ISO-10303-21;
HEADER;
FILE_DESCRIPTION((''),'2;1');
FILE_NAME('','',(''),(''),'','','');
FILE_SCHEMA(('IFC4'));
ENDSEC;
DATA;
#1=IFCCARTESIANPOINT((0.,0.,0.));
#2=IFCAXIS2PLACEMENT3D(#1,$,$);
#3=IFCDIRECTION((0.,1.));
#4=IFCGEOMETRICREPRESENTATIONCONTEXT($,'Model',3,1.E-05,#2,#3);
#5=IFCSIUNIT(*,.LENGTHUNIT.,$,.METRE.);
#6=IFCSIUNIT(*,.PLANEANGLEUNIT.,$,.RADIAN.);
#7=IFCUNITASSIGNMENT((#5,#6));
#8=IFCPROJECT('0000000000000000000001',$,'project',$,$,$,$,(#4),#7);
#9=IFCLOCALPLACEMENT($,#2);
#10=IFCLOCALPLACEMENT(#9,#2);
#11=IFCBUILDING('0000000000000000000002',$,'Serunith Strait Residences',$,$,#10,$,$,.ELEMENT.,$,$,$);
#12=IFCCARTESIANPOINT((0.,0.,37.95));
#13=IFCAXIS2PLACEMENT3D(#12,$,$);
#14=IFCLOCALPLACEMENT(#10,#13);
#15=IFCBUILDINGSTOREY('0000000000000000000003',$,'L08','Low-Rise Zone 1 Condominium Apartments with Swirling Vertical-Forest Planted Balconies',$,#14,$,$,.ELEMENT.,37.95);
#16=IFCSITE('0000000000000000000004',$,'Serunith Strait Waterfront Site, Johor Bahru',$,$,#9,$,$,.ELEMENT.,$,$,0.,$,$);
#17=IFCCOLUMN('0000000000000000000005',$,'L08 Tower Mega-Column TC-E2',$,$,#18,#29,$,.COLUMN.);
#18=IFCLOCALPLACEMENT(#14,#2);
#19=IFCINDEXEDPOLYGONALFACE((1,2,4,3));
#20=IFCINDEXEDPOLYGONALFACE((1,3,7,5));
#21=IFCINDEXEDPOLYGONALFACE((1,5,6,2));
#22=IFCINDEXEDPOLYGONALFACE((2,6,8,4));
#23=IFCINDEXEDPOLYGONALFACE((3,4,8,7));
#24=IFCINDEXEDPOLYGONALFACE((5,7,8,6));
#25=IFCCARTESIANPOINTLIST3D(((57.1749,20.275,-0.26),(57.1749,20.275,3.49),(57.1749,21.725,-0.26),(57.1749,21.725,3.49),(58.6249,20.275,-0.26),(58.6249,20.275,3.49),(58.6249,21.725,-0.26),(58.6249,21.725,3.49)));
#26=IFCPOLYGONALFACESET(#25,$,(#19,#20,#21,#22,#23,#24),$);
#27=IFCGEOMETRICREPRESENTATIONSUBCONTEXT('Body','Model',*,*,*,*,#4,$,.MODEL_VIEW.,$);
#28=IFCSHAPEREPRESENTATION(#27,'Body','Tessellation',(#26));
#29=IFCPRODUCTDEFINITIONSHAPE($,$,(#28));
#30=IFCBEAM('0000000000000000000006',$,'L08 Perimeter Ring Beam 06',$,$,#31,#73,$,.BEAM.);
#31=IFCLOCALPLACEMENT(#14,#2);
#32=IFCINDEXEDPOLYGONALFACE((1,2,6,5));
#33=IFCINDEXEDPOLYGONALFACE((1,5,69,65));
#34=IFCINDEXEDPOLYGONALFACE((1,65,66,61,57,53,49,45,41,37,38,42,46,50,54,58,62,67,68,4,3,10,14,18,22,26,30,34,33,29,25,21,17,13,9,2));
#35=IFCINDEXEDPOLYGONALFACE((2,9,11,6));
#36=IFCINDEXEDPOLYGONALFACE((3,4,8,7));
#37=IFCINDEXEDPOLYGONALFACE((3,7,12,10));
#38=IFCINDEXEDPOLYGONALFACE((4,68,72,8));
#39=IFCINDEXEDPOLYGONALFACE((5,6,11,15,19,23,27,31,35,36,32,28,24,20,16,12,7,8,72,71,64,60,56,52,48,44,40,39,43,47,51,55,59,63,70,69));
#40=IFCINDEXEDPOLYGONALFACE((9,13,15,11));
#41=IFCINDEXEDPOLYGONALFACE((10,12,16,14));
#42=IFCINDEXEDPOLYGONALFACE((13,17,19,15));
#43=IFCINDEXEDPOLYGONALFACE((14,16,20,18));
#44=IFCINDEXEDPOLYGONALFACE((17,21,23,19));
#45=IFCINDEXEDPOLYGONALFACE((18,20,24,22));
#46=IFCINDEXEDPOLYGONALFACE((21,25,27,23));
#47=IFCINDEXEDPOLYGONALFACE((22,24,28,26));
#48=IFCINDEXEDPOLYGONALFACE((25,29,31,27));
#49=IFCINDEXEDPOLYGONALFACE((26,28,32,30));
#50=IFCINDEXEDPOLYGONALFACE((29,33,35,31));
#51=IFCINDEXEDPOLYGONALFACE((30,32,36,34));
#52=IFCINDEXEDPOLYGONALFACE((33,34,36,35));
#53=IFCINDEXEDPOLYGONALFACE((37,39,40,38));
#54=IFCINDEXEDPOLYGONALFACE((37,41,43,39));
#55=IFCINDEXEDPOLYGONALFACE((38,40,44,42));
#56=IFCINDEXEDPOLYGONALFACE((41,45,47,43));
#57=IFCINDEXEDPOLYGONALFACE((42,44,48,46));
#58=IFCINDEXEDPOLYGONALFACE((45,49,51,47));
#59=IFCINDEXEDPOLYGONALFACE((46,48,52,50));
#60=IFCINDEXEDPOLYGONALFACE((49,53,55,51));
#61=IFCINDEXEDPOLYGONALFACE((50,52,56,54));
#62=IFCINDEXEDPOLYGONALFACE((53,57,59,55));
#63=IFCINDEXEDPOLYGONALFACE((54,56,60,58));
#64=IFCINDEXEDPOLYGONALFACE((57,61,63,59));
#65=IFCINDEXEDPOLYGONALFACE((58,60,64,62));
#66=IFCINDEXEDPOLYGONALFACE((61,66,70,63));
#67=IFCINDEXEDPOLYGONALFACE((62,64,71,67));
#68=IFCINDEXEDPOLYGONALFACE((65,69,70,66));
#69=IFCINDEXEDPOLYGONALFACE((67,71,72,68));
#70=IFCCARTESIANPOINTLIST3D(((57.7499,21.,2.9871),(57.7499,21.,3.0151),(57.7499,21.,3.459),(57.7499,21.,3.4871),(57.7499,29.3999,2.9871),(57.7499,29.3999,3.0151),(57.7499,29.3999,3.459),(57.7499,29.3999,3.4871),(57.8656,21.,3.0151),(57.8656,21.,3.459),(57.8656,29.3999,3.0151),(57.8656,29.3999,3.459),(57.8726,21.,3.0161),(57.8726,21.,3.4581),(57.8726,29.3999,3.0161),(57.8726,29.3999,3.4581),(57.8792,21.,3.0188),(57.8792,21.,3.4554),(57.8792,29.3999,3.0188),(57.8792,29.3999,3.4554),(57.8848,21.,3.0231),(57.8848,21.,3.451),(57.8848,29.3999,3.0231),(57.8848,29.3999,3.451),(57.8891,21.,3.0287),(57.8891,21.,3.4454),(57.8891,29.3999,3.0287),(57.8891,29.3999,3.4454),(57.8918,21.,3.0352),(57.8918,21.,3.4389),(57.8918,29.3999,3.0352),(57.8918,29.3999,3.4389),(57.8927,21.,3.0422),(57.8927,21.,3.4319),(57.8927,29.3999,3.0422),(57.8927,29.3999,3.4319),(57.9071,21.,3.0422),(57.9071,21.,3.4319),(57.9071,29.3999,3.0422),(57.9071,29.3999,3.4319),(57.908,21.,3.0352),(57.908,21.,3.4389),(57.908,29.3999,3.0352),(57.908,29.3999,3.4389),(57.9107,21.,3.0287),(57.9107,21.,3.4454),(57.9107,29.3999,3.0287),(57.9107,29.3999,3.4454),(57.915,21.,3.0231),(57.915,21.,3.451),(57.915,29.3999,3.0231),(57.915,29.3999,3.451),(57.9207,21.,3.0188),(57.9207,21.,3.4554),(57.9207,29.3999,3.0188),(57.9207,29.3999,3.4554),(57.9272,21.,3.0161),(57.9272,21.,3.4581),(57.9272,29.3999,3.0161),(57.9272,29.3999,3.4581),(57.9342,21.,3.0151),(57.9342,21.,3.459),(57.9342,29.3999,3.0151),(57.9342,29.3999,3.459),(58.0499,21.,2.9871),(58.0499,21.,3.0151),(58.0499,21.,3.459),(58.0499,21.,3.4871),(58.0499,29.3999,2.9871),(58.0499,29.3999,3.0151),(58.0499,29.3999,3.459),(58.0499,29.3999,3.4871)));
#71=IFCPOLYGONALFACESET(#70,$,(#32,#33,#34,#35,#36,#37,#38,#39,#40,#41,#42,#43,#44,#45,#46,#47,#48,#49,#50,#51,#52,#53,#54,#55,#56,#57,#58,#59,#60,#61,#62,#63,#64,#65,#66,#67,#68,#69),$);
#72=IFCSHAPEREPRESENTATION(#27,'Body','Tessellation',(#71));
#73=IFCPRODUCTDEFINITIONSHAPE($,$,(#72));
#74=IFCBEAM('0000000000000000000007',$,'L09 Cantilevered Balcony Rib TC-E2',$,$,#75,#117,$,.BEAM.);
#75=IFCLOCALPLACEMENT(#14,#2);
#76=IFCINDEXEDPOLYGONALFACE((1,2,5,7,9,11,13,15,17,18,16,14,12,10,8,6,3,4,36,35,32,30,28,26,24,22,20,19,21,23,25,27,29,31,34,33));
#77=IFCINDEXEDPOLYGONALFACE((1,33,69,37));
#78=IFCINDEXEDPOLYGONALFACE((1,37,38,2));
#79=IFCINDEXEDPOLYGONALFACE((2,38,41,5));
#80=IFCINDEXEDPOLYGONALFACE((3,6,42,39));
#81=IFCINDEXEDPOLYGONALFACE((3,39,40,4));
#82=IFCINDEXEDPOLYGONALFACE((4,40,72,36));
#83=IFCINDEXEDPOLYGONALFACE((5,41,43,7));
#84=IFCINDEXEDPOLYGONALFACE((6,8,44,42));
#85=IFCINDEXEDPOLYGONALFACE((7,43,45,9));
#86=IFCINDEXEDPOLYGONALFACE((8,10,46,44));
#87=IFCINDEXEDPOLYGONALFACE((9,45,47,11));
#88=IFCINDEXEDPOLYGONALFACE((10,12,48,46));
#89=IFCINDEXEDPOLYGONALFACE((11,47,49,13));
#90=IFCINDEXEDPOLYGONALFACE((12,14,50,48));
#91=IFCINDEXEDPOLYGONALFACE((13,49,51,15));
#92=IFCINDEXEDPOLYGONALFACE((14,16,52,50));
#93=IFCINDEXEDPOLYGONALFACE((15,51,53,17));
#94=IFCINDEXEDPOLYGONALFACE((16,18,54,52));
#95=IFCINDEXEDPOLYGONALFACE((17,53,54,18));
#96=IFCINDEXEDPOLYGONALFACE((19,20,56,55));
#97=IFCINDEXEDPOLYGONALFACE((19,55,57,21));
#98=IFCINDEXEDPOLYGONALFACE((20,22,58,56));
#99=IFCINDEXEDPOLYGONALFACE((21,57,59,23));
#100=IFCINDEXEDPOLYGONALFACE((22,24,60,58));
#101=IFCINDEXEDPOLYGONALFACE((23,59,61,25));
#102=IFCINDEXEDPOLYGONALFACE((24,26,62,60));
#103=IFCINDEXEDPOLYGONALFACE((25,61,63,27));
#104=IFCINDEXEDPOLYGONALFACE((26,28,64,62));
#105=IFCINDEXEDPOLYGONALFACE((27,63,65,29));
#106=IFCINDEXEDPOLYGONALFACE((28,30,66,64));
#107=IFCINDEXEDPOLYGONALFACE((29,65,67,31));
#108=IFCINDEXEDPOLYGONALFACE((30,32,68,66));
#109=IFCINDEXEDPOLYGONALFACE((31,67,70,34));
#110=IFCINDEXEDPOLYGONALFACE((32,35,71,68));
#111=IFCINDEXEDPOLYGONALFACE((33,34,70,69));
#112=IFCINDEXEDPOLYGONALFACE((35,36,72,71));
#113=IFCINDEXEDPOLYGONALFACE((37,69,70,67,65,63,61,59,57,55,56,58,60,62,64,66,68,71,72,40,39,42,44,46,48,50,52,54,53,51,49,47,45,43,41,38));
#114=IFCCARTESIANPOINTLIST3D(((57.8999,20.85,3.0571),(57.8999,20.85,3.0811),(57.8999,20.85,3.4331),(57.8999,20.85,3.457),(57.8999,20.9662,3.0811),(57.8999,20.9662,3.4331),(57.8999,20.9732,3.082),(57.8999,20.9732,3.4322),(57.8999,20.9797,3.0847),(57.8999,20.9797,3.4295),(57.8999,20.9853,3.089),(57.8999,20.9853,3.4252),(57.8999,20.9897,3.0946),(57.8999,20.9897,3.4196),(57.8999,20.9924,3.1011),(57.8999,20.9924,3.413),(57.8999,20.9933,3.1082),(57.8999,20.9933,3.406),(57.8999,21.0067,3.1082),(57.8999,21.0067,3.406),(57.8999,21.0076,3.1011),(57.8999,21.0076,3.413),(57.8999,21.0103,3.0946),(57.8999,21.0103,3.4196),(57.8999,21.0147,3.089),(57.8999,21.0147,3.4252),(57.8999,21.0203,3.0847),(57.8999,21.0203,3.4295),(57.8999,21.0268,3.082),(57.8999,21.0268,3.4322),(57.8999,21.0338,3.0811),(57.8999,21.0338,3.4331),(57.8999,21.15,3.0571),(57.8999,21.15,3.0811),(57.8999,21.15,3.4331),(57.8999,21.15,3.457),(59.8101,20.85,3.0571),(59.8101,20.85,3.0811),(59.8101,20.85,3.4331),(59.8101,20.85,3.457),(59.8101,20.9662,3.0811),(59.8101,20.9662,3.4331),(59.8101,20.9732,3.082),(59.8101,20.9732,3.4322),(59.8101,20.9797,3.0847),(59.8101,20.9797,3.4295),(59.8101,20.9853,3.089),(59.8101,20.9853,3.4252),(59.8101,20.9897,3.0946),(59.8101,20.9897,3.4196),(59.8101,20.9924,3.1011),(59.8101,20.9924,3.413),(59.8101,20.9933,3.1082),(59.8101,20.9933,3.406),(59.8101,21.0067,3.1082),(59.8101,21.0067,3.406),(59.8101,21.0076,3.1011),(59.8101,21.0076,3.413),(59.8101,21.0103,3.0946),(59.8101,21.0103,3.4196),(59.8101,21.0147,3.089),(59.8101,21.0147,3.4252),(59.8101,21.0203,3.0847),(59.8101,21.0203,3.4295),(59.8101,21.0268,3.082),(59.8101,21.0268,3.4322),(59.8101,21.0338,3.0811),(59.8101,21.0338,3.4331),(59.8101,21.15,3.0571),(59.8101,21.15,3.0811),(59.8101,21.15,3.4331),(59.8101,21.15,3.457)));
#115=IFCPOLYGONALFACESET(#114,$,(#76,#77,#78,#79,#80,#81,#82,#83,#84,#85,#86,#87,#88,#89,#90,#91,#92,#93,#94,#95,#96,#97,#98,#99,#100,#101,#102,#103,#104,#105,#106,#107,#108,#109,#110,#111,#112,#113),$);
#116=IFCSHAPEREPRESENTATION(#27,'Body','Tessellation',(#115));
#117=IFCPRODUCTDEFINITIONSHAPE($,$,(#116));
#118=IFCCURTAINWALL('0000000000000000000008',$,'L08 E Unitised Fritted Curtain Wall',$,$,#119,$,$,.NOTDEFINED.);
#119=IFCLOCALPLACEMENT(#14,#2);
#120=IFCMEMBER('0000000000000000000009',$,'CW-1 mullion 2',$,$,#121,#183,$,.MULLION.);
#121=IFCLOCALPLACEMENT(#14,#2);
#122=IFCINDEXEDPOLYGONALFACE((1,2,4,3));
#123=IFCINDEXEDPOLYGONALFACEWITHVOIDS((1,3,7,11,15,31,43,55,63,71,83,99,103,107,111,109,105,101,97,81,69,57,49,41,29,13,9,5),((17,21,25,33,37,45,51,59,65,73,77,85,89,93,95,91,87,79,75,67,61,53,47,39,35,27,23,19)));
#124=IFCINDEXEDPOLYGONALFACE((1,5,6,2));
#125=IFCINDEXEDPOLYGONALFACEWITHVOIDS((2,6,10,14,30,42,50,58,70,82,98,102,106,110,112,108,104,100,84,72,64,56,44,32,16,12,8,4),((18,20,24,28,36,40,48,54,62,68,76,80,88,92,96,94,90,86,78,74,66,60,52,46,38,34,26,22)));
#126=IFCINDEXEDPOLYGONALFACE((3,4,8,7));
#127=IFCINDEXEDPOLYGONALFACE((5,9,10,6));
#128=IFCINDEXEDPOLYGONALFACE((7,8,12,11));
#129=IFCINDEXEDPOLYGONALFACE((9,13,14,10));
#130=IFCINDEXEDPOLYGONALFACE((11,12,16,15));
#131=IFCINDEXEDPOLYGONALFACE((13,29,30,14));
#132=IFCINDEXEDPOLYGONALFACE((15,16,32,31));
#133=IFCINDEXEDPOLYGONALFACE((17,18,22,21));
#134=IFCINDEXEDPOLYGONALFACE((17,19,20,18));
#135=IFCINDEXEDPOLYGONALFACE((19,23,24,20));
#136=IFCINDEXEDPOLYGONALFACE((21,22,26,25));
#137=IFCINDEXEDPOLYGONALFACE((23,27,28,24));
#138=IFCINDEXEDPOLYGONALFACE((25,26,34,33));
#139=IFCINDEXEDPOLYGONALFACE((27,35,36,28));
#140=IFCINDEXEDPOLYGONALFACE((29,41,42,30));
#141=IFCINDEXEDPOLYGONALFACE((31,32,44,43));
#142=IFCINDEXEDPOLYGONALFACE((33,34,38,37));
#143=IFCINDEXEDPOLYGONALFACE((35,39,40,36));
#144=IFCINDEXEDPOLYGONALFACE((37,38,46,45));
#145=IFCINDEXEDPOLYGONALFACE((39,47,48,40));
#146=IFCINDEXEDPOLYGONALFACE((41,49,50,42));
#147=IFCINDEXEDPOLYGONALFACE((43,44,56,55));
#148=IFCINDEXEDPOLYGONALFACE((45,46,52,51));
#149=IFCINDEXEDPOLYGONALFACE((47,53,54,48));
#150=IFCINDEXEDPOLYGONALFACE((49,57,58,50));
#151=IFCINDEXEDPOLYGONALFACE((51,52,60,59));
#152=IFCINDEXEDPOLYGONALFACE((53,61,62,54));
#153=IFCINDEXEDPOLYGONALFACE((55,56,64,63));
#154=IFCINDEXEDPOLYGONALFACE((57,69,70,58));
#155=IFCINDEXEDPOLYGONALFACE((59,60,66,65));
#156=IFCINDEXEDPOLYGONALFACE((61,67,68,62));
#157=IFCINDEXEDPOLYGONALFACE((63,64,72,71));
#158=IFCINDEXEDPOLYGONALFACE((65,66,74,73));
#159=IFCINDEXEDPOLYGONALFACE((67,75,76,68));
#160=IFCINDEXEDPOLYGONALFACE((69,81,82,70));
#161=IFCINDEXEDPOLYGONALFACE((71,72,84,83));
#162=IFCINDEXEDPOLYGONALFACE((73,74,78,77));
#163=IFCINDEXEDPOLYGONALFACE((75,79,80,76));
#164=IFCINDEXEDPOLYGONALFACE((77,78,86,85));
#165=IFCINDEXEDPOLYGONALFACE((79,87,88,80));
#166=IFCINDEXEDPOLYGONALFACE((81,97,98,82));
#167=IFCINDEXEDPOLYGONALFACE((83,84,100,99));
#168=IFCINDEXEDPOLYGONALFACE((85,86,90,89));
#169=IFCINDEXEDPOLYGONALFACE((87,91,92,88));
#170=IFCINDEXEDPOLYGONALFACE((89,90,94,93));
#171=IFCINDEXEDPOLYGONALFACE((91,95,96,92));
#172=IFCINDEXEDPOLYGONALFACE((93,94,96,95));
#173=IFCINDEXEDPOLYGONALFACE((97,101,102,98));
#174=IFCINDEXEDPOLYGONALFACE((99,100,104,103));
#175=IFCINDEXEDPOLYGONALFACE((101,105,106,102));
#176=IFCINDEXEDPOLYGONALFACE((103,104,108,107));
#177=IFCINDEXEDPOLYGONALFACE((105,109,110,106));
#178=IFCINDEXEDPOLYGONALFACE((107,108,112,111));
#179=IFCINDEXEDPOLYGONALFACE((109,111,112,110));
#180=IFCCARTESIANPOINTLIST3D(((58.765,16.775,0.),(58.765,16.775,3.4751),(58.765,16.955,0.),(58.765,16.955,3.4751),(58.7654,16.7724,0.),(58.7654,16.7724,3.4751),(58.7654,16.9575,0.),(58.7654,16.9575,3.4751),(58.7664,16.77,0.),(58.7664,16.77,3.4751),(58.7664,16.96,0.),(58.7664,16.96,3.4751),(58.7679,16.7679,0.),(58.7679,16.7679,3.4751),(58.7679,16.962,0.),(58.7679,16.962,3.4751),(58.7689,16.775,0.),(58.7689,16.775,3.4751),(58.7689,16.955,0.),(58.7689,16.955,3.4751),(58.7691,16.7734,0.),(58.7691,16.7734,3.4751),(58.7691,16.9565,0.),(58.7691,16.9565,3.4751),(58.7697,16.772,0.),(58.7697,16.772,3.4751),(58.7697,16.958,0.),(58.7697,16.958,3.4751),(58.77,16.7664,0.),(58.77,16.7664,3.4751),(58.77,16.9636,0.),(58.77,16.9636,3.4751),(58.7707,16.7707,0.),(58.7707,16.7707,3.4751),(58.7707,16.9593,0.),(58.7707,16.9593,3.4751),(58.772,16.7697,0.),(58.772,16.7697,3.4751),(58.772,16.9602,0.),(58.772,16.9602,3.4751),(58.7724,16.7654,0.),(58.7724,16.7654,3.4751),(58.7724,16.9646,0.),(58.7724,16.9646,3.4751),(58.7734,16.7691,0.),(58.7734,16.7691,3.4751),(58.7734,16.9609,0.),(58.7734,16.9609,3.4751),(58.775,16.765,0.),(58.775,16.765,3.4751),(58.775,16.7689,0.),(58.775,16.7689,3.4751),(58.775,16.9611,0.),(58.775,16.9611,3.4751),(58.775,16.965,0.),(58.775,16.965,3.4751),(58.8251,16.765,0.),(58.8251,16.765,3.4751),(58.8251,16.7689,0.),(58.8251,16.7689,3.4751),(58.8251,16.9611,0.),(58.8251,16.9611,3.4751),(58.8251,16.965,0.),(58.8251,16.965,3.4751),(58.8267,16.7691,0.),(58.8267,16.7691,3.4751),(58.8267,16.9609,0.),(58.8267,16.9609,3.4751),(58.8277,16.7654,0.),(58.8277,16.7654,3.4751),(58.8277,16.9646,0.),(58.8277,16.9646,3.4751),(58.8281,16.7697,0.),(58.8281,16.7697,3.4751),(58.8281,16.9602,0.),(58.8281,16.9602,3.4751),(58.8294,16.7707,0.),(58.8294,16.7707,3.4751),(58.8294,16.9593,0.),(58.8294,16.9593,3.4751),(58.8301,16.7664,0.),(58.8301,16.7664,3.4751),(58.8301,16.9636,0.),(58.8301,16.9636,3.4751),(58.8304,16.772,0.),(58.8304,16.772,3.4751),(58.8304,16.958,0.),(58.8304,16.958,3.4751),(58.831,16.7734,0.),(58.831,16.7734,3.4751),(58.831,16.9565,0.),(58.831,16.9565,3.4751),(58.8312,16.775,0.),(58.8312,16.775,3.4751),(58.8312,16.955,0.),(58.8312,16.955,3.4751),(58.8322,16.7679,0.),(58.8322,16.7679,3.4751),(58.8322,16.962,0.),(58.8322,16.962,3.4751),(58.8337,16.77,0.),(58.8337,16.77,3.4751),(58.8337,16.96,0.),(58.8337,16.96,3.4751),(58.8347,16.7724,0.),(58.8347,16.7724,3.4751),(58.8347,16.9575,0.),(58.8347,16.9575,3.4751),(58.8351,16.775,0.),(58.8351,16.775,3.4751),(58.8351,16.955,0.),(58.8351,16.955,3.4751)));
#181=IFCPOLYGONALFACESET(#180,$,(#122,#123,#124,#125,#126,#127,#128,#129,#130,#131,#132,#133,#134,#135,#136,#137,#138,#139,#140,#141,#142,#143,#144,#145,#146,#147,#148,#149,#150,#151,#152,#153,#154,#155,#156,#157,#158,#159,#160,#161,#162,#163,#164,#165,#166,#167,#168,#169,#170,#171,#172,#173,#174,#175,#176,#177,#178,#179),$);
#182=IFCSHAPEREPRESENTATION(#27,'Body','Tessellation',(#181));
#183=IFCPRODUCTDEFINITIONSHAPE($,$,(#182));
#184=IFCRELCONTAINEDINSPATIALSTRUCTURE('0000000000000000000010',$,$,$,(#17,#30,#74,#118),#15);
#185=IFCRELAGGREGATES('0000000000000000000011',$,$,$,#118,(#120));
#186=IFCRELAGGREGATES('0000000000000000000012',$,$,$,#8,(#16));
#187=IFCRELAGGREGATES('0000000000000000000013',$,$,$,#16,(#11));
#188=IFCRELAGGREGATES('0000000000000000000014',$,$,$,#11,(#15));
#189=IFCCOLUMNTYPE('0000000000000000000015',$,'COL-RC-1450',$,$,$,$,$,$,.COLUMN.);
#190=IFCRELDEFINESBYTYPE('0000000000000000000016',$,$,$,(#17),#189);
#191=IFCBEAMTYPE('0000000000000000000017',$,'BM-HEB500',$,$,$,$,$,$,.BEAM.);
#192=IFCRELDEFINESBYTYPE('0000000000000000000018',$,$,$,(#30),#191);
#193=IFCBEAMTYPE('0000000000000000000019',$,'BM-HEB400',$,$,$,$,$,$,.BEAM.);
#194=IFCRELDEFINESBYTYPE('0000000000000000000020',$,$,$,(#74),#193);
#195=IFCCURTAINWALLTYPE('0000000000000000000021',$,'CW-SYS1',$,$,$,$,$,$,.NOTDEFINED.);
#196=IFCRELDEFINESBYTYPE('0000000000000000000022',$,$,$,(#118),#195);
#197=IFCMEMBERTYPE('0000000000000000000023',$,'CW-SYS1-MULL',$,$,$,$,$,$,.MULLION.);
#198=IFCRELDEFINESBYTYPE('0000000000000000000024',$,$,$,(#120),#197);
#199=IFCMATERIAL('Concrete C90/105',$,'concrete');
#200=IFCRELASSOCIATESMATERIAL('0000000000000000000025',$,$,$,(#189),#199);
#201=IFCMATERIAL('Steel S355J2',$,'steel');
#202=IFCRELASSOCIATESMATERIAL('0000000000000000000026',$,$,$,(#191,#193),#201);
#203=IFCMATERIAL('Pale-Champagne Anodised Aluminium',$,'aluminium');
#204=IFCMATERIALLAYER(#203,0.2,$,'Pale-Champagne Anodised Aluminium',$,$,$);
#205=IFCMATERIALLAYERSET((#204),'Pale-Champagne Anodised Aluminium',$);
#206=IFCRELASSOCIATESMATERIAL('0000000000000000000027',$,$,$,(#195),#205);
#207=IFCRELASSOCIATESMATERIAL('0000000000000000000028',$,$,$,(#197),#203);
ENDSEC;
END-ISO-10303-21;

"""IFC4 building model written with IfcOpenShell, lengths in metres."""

from ifc_helpers import new_model, si_unit, direction, frame, origin, origin_2d, place, context, subcontext, project, spatial, rectangle, hollow_rectangle, i_section, extrude, source, transform, mapped, material, layer, layer_set, material_profile, profile_set, type_object, element, aggregate, save


model = new_model("IFC4")

# Units and contexts
model_context = context("Model", 3, precision=1e-05, world=origin(), true_north=direction((0.0, 1.0)))
body_context = subcontext(model_context, "Body", "Model", "MODEL_VIEW")
ifc_project = project(units=[si_unit("LENGTHUNIT", "METRE"), si_unit("PLANEANGLEUNIT", "RADIAN")], contexts=[model_context])

# Site, building, storey
site_placement = place(None, origin())
site = spatial("IfcSite", under=ifc_project, at=site_placement, Name="Serunith Strait Waterfront Site, Johor Bahru", CompositionType="ELEMENT", RefElevation=0.0)
building_placement = place(site_placement, origin())
building = spatial("IfcBuilding", under=site, at=building_placement, Name="Serunith Strait Residences", CompositionType="ELEMENT")
storey_placement = place(building_placement, frame((0.0, 0.0, 37.95)))
storey = spatial("IfcBuildingStorey", under=building, at=storey_placement, Name="L08", Description="Low-Rise Zone 1 Condominium Apartments with Swirling Vertical-Forest Planted Balconies", CompositionType="ELEMENT", Elevation=37.95)

# Column
ifc_material_1 = material(Name="Concrete C90/105", Category="concrete")
ifc_material_profile_1 = material_profile(ifc_material_1, rectangle(XDim=1.45, YDim=1.45, at=origin_2d()), Name="RC 1450x1450")
ifc_profile_set_1 = profile_set([ifc_material_profile_1], Name="Concrete C90/105")
column_type = type_object("IfcColumnType", Name="COL-RC-1450", PredefinedType="COLUMN", material=ifc_profile_set_1)
shared_shape_1 = source(origin(), body_context, "Body", "SweptSolid", [
    extrude(rectangle(XDim=1.45, YDim=1.45, at=origin_2d()), origin(), (0.0, 0.0, 1.0), 3.75),
])
column_placement = place(storey_placement, frame((57.8999, 21.0, -0.26), z_axis=(0.0, 0.0, 1.0), x_axis=(1.0, 0.0, 0.0)))
element("IfcColumn", 1, at=column_placement, inside=storey, type_object=column_type, Name="L08 Tower Mega-Column TC-E2", PredefinedType="COLUMN", context=body_context, shape_type="MappedRepresentation", body=[
    mapped(shared_shape_1, transform((0.0, 0.0, 0.0), scale=1.0)),
])

# Beams
ifc_material_2 = material(Name="Steel S355J2", Category="steel")
ifc_material_profile_2 = material_profile(ifc_material_2, i_section(OverallWidth=0.3, OverallDepth=0.5, WebThickness=0.0144, FlangeThickness=0.0281, FilletRadius=0.0271, at=origin_2d()), Name="HEB 500")
ifc_profile_set_2 = profile_set([ifc_material_profile_2], Name="Steel S355J2")
beam_type_1 = type_object("IfcBeamType", Name="BM-HEB500", PredefinedType="BEAM", material=ifc_profile_set_2)
shared_shape_2 = source(origin(), body_context, "Body", "SweptSolid", [
    extrude(i_section(OverallWidth=0.3, OverallDepth=0.5, WebThickness=0.0144, FlangeThickness=0.0281, FilletRadius=0.0271, at=origin_2d()), origin(), (0.0, 0.0, 1.0), 8.3999),
])
beam_1_placement = place(storey_placement, frame((57.8999, 21.0, 3.2371), z_axis=(0.0, 1.0, 0.0), x_axis=(-1.0, 0.0, 0.0)))
element("IfcBeam", 2, at=beam_1_placement, inside=storey, type_object=beam_type_1, Name="L08 Perimeter Ring Beam 06", PredefinedType="BEAM", context=body_context, shape_type="MappedRepresentation", body=[
    mapped(shared_shape_2, transform((0.0, 0.0, 0.0), scale=1.0)),
])
ifc_material_profile_3 = material_profile(ifc_material_2, i_section(OverallWidth=0.3, OverallDepth=0.3999, WebThickness=0.0134, FlangeThickness=0.0239, FilletRadius=0.0271, at=origin_2d()), Name="HEB 400")
ifc_profile_set_3 = profile_set([ifc_material_profile_3], Name="Steel S355J2")
beam_type_2 = type_object("IfcBeamType", Name="BM-HEB400", PredefinedType="BEAM", material=ifc_profile_set_3)
shared_shape_3 = source(origin(), body_context, "Body", "SweptSolid", [
    extrude(i_section(OverallWidth=0.3, OverallDepth=0.3999, WebThickness=0.0134, FlangeThickness=0.0239, FilletRadius=0.0271, at=origin_2d()), origin(), (0.0, 0.0, 1.0), 1.9102),
])
beam_2_placement = place(storey_placement, frame((57.8999, 21.0, 3.2571), z_axis=(1.0, 0.0, 0.0), x_axis=(0.0, 1.0, 0.0)))
element("IfcBeam", 3, at=beam_2_placement, inside=storey, type_object=beam_type_2, Name="L09 Cantilevered Balcony Rib TC-E2", PredefinedType="BEAM", context=body_context, shape_type="MappedRepresentation", body=[
    mapped(shared_shape_3, transform((0.0, 0.0, 0.0), scale=1.0)),
])

# Curtain wall, member
ifc_material_3 = material(Name="Pale-Champagne Anodised Aluminium", Category="aluminium")
ifc_layer_1 = layer(ifc_material_3, 0.2, Name="Pale-Champagne Anodised Aluminium")
ifc_layer_set_1 = layer_set([ifc_layer_1], Name="Pale-Champagne Anodised Aluminium")
curtain_wall_type = type_object("IfcCurtainWallType", Name="CW-SYS1", PredefinedType="NOTDEFINED", material=ifc_layer_set_1)
curtain_wall_1_placement = place(storey_placement, origin())
curtain_wall_1 = element("IfcCurtainWall", 4, at=curtain_wall_1_placement, inside=storey, type_object=curtain_wall_type, Name="L08 E Unitised Fritted Curtain Wall", PredefinedType="NOTDEFINED")
ifc_material_profile_4 = material_profile(ifc_material_3, hollow_rectangle(XDim=0.0701, YDim=0.2, WallThickness=0.0039, InnerFilletRadius=0.0061, OuterFilletRadius=0.01, at=origin_2d()), Name="ALU 200x70x4")
ifc_profile_set_4 = profile_set([ifc_material_profile_4], Name="Pale-Champagne Anodised Aluminium")
member_type_1 = type_object("IfcMemberType", Name="CW-SYS1-MULL", PredefinedType="MULLION", material=ifc_profile_set_4)
shared_shape_4 = source(origin(), body_context, "Body", "SweptSolid", [
    extrude(hollow_rectangle(XDim=0.0701, YDim=0.2, WallThickness=0.0039, InnerFilletRadius=0.0061, OuterFilletRadius=0.01, at=origin_2d()), origin(), (0.0, 0.0, 1.0), 3.4751),
])
member_1_placement = place(storey_placement, frame((58.8, 16.865, 0.0), z_axis=(0.0, 0.0, 1.0), x_axis=(-1.0, 0.0, 0.0)))
member_1 = element("IfcMember", 5, at=member_1_placement, type_object=member_type_1, Name="CW-1 mullion 2", PredefinedType="MULLION", context=body_context, shape_type="MappedRepresentation", body=[
    mapped(shared_shape_4, transform((0.0, 0.0, 0.0), scale=1.0)),
])

aggregate(curtain_wall_1, [member_1])

save(model, "model.ifc")
